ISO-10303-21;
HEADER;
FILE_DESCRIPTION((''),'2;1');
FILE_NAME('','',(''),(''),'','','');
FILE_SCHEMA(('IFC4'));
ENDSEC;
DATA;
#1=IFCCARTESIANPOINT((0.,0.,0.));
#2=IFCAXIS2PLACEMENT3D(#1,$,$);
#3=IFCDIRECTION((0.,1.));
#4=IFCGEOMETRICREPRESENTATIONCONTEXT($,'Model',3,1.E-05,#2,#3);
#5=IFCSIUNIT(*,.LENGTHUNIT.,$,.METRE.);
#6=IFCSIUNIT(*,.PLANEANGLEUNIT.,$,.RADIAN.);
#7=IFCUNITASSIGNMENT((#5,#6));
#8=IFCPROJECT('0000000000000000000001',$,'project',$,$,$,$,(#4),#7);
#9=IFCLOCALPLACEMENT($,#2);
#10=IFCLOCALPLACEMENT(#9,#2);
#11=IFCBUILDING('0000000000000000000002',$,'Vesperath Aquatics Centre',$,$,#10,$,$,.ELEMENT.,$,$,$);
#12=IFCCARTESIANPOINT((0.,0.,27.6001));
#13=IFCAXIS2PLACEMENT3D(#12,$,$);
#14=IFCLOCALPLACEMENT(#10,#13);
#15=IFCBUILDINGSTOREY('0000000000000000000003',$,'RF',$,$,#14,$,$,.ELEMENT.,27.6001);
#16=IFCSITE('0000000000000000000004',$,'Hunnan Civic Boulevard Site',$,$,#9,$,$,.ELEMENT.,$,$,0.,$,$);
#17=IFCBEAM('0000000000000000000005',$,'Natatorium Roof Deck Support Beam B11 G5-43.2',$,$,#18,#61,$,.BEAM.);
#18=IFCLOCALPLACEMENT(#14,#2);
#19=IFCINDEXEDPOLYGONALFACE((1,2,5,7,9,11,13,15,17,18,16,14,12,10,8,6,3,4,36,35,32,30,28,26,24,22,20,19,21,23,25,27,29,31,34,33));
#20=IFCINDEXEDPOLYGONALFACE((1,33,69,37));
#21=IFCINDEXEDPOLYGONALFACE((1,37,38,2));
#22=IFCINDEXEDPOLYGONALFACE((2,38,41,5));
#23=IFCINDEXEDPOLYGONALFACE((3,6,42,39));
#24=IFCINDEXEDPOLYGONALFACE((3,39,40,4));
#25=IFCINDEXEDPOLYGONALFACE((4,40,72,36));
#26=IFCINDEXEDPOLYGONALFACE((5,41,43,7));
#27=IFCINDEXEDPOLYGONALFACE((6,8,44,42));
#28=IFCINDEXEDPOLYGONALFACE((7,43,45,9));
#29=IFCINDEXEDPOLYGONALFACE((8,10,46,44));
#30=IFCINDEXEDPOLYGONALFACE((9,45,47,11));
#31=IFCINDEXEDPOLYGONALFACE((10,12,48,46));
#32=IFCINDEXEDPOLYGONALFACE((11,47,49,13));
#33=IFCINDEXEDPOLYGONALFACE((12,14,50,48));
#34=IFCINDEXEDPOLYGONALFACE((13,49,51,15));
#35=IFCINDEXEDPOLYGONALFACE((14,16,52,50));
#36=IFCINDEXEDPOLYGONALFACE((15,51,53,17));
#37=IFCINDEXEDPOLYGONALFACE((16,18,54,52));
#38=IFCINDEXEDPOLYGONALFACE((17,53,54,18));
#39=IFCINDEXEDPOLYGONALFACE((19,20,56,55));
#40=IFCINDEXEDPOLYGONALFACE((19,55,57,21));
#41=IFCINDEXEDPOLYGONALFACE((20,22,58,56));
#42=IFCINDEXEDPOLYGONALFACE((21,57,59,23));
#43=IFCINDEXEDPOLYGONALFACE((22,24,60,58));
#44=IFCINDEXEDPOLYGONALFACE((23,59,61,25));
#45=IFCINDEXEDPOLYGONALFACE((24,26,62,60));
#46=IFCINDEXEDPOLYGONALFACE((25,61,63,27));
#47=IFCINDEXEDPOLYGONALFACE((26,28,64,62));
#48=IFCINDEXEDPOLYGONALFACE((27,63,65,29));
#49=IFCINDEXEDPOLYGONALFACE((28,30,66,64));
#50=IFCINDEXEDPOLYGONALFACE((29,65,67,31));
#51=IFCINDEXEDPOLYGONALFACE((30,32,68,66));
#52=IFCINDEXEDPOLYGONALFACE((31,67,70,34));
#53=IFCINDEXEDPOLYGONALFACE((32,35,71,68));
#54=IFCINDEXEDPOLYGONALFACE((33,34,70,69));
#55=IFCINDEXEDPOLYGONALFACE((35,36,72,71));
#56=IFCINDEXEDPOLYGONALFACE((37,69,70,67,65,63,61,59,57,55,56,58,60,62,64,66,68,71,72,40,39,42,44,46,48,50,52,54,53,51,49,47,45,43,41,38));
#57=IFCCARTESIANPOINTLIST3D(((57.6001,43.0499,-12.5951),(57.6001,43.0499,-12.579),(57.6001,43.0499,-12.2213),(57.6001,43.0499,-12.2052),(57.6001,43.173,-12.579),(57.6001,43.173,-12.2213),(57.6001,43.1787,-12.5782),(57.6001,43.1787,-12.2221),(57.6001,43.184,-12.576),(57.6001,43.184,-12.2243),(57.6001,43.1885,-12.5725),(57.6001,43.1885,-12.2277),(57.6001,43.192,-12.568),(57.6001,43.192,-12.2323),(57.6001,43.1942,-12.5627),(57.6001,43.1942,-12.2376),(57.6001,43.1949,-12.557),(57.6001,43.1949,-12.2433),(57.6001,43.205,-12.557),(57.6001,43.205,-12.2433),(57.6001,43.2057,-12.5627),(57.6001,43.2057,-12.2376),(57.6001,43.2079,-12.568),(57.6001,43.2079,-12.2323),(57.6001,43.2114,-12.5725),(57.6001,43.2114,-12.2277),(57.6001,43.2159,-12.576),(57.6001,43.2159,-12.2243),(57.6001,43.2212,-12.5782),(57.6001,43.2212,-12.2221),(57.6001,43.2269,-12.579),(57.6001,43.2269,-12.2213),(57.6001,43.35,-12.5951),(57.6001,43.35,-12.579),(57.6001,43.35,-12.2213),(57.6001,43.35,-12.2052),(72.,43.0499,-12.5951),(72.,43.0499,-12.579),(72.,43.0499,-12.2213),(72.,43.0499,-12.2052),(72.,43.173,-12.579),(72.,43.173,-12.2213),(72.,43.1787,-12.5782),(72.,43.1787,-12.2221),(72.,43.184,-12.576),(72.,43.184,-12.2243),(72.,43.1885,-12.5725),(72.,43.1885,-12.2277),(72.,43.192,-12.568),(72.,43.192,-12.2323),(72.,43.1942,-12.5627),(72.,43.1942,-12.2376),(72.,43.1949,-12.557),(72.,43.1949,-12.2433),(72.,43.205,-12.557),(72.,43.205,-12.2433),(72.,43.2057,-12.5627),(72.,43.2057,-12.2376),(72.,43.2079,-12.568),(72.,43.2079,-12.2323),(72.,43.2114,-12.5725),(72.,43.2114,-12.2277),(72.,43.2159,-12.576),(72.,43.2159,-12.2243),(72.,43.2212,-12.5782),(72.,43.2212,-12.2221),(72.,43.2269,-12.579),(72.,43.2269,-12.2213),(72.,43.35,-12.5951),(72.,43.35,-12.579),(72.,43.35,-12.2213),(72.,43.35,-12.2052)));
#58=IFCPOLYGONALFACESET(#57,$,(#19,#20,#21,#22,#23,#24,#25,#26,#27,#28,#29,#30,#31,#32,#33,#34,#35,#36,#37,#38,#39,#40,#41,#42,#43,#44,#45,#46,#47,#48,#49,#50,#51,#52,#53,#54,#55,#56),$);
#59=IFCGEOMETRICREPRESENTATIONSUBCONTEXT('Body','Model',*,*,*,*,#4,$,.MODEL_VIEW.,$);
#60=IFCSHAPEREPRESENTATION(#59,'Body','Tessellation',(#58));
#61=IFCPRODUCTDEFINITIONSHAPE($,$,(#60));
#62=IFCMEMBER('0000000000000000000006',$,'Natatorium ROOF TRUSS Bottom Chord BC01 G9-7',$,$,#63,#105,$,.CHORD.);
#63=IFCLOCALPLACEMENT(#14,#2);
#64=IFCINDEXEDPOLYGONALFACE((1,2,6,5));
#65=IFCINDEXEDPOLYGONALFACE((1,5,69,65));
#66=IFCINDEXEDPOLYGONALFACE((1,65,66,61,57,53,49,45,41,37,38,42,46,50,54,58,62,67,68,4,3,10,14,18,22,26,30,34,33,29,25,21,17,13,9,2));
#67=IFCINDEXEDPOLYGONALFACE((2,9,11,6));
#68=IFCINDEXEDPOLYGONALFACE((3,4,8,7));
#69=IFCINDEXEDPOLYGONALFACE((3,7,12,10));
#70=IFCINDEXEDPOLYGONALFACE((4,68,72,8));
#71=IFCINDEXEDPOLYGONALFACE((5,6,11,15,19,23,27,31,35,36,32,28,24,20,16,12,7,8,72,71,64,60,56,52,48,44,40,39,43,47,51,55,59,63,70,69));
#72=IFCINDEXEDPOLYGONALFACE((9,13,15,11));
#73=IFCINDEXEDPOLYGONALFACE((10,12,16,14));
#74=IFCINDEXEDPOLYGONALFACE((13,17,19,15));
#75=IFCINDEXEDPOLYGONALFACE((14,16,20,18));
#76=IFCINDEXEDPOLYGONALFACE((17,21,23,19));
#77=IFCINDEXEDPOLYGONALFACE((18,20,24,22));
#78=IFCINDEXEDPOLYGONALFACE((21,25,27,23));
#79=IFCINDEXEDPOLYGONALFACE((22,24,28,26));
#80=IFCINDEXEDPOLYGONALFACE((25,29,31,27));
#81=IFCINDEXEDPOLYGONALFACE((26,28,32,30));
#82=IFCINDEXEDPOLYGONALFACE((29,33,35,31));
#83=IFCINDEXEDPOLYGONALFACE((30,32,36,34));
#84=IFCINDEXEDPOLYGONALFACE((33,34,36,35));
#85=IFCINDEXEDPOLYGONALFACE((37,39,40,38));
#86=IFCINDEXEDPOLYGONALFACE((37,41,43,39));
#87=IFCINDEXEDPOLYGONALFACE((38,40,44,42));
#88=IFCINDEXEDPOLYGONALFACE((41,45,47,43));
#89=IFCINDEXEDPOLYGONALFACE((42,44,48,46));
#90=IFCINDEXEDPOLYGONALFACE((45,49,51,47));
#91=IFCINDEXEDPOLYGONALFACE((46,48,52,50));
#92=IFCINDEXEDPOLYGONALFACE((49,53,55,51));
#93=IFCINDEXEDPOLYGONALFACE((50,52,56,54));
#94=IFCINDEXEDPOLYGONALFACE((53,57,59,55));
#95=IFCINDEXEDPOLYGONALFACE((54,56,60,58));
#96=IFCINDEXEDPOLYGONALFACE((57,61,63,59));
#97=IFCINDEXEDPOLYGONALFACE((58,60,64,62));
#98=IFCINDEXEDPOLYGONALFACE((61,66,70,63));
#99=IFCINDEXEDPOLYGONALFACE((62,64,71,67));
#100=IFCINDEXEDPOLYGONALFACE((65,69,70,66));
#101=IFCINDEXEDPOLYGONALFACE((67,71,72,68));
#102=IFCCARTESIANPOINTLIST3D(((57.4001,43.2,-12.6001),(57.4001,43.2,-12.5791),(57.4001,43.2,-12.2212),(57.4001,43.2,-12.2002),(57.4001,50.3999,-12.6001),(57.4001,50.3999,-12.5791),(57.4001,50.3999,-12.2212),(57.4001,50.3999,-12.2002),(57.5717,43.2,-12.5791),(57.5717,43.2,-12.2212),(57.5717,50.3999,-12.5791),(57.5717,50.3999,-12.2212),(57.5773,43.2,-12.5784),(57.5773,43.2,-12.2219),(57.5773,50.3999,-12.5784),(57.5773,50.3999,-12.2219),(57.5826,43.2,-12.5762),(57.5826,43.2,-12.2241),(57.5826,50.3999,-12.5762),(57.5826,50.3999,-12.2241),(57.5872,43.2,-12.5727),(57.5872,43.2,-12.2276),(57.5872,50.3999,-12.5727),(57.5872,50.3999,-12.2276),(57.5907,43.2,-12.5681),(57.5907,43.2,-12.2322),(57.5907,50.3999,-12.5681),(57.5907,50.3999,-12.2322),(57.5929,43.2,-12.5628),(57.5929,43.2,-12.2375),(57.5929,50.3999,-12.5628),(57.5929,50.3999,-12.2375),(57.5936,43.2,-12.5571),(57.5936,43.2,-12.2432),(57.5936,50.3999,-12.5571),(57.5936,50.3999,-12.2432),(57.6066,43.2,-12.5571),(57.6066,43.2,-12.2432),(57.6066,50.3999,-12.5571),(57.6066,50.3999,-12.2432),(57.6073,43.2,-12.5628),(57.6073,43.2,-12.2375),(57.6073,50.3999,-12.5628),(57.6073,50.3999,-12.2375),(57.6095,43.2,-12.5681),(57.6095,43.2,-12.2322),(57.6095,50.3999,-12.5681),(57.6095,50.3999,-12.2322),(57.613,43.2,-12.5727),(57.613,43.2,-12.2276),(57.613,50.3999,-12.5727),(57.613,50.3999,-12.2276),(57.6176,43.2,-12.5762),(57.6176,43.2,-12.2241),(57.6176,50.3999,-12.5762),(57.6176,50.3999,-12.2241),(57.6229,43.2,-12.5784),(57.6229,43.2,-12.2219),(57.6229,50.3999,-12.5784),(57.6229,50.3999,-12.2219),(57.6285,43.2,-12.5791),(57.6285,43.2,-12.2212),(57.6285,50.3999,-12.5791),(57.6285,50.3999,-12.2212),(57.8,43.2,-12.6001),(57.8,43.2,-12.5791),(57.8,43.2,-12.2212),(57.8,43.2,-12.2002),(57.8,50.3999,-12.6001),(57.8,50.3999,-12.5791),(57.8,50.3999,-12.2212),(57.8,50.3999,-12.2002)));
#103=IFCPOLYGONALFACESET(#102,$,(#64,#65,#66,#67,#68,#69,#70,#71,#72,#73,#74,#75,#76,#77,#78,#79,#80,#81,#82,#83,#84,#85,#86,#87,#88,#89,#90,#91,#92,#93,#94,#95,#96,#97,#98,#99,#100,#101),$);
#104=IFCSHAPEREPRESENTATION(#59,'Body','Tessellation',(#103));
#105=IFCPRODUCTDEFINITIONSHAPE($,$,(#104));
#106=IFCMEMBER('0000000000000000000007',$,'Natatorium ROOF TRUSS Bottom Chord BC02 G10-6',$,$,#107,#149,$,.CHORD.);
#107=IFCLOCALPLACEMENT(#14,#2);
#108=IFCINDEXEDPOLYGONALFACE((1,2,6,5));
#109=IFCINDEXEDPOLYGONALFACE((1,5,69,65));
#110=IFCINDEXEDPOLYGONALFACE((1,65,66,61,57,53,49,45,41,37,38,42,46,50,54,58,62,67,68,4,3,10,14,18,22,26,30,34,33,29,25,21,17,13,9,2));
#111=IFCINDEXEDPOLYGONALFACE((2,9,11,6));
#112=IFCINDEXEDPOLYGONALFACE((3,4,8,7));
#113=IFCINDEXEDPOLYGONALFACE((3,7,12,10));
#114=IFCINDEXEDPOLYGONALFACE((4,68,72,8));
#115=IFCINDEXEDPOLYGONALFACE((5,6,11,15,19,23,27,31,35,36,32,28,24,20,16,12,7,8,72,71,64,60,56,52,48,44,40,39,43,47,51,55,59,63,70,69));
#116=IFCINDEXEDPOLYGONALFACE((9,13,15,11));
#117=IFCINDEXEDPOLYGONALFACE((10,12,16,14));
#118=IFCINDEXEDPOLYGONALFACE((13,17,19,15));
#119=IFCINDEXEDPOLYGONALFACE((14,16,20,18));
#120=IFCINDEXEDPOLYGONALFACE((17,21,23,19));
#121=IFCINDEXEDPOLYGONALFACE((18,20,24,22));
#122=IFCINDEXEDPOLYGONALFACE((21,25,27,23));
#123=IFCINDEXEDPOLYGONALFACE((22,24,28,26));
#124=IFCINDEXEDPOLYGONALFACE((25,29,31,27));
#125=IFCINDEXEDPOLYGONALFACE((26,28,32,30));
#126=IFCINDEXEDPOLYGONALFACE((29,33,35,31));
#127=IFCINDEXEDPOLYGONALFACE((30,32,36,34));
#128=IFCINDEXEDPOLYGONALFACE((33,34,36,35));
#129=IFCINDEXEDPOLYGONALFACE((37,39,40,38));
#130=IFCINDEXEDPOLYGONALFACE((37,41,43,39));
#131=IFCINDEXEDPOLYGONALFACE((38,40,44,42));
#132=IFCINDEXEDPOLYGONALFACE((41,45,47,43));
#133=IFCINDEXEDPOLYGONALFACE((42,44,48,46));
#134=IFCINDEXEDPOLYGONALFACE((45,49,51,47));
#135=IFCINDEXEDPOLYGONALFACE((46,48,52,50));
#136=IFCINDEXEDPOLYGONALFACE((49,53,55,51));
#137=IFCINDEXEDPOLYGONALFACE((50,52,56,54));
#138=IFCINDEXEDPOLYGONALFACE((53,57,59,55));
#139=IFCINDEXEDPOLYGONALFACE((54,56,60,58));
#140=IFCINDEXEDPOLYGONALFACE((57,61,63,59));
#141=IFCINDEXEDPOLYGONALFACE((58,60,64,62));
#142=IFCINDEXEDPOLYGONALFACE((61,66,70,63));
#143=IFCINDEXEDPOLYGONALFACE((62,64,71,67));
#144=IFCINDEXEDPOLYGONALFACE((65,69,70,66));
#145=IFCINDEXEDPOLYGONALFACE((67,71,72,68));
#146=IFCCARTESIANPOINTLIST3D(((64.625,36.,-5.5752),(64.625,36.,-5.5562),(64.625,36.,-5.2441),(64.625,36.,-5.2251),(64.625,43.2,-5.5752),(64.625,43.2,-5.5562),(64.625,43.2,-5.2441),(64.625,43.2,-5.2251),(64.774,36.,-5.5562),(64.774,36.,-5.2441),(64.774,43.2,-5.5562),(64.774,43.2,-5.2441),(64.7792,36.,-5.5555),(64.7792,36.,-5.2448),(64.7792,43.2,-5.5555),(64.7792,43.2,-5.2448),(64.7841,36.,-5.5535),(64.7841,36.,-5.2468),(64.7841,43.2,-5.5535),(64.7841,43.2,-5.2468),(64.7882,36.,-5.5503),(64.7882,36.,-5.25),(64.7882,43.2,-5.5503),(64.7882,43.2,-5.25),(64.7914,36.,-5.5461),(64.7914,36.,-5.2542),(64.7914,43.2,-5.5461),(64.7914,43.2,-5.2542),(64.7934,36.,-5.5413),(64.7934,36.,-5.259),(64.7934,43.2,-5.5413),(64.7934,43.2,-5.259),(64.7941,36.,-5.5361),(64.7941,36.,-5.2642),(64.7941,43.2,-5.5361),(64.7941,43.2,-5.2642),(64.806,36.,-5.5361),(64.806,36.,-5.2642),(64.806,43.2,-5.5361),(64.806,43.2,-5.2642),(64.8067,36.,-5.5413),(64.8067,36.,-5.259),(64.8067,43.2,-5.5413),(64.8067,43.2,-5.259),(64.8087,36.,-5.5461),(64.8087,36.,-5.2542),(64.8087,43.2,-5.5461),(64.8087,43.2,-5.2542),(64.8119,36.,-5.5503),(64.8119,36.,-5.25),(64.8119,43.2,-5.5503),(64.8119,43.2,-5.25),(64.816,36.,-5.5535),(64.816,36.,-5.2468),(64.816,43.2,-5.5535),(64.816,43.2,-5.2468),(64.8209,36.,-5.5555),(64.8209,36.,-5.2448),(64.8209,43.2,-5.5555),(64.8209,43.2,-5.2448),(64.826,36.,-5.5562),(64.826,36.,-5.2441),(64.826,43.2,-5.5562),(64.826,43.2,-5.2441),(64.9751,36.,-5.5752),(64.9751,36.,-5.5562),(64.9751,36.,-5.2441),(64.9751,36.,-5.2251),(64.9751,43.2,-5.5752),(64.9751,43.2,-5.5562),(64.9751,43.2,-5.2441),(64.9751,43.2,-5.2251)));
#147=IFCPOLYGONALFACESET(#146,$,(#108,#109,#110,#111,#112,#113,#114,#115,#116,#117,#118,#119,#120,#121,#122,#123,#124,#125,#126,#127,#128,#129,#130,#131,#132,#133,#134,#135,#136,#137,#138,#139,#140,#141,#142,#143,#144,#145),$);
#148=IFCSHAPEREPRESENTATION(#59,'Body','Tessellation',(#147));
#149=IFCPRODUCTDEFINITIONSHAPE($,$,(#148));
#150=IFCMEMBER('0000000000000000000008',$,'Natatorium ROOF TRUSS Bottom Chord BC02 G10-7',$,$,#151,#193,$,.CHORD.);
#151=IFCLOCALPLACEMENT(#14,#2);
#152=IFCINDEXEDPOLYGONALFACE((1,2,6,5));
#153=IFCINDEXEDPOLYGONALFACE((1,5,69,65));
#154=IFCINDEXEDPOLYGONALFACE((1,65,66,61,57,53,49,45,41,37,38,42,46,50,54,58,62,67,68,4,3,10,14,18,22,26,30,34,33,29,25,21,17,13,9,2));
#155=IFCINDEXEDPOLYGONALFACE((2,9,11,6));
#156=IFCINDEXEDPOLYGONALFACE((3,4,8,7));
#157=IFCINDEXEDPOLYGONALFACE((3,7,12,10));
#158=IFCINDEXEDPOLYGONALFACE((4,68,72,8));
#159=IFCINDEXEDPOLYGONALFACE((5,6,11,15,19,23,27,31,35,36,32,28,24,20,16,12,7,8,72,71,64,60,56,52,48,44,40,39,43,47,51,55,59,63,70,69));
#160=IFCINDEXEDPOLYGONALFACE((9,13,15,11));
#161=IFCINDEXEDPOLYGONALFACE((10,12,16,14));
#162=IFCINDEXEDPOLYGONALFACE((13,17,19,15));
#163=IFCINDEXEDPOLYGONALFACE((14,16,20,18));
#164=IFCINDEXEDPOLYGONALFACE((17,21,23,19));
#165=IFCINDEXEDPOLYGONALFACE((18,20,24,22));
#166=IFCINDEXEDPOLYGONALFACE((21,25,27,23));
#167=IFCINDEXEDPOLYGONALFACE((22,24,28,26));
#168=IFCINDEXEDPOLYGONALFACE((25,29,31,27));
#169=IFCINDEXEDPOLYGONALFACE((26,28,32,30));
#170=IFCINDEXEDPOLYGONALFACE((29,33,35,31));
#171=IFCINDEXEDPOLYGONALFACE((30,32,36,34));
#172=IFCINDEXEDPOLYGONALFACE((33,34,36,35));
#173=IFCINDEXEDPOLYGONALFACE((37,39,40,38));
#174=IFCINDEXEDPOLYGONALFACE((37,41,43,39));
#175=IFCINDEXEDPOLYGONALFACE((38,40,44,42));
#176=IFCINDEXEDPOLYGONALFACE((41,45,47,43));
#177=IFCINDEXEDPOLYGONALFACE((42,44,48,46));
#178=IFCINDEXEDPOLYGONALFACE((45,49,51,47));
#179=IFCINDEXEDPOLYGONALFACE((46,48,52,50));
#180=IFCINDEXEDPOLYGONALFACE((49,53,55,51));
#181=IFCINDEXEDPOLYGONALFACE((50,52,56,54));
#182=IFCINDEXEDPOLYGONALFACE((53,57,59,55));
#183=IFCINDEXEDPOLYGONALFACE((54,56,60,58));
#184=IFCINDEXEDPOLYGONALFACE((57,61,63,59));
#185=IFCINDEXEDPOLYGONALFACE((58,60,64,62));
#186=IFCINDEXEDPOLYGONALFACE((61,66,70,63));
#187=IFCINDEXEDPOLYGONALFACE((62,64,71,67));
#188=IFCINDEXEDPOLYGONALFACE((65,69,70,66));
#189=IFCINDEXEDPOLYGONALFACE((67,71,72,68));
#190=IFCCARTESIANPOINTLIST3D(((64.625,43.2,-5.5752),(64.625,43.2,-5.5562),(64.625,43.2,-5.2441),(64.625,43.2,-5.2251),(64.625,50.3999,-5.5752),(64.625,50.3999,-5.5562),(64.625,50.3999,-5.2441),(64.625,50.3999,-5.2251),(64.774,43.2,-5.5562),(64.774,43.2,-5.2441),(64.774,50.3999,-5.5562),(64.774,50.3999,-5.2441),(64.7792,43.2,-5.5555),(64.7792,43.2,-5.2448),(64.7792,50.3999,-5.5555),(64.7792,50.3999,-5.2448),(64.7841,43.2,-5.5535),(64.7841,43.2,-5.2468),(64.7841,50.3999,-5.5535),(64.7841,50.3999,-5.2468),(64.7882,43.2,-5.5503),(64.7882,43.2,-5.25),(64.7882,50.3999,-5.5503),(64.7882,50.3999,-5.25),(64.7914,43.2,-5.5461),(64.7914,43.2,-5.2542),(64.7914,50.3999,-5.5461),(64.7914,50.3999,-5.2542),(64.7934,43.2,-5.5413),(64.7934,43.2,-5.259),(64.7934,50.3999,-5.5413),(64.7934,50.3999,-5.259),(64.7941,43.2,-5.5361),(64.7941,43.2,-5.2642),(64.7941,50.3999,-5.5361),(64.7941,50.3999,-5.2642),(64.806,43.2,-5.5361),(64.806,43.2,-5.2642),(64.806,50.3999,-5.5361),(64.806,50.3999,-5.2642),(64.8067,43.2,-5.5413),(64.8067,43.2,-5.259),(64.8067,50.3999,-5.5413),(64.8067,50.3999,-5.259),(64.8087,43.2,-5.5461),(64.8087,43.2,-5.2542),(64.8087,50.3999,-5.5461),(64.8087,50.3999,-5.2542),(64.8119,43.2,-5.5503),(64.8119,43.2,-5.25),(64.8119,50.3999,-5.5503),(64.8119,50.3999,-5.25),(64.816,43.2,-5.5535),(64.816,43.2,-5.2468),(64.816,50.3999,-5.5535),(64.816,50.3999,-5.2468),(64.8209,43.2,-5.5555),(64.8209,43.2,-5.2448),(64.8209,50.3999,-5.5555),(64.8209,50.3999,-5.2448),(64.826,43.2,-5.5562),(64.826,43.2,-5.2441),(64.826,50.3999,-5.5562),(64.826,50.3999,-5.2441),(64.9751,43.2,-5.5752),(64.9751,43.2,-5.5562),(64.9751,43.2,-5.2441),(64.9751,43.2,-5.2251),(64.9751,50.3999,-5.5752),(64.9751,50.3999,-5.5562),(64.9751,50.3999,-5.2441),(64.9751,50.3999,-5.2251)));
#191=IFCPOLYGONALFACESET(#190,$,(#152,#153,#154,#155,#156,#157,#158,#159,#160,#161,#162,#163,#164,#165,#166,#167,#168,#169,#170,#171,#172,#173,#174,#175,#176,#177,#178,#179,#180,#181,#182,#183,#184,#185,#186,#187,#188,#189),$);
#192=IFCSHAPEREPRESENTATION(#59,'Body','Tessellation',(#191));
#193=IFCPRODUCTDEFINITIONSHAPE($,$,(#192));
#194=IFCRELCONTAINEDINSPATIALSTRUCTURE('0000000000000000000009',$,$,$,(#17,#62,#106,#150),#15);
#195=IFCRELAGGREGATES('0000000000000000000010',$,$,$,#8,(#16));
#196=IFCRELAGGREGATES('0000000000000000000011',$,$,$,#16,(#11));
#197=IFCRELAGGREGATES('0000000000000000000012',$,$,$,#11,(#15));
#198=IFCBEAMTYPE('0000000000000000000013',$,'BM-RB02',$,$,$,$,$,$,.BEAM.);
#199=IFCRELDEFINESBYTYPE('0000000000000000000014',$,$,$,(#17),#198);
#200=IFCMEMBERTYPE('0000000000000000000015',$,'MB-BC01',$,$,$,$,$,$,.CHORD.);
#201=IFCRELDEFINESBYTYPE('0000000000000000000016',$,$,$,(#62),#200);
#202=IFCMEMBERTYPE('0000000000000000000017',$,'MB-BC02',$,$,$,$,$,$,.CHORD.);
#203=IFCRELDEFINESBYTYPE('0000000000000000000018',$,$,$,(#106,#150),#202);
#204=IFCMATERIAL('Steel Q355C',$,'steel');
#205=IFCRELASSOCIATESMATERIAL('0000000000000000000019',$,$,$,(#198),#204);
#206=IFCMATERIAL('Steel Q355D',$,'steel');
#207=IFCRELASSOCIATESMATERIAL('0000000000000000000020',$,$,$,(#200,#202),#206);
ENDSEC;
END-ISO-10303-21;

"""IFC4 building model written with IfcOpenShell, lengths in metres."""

from ifc_helpers import new_model, si_unit, direction, frame, origin, origin_2d, place, context, subcontext, project, spatial, i_section, extrude, material, material_profile, profile_set, type_object, element, save


model = new_model("IFC4")

# Units and contexts
model_context = context("Model", 3, precision=1e-05, world=origin(), true_north=direction((0.0, 1.0)))
body_context = subcontext(model_context, "Body", "Model", "MODEL_VIEW")
ifc_project = project(units=[si_unit("LENGTHUNIT", "METRE"), si_unit("PLANEANGLEUNIT", "RADIAN")], contexts=[model_context])

# Site, building, storey
site_placement = place(None, origin())
site = spatial("IfcSite", under=ifc_project, at=site_placement, Name="Hunnan Civic Boulevard Site", CompositionType="ELEMENT", RefElevation=0.0)
building_placement = place(site_placement, origin())
building = spatial("IfcBuilding", under=site, at=building_placement, Name="Vesperath Aquatics Centre", CompositionType="ELEMENT")
storey_placement = place(building_placement, frame((0.0, 0.0, 27.6001)))
storey = spatial("IfcBuildingStorey", under=building, at=storey_placement, Name="RF", CompositionType="ELEMENT", Elevation=27.6001)

# Beam
ifc_material_1 = material(Name="Steel Q355C", Category="steel")
ifc_material_profile_1 = material_profile(ifc_material_1, i_section(OverallWidth=0.3, OverallDepth=0.3899, WebThickness=0.01, FlangeThickness=0.0161, FilletRadius=0.022, at=origin_2d()), Name="HM 390x300x10x16")
ifc_profile_set_1 = profile_set([ifc_material_profile_1], Name="Steel Q355C")
beam_type = type_object("IfcBeamType", Name="BM-RB02", PredefinedType="BEAM", material=ifc_profile_set_1)
beam_placement = place(storey_placement, frame((57.6001, 43.2, -12.4001), z_axis=(1.0, 0.0, 0.0), x_axis=(0.0, 1.0, 0.0)))
element("IfcBeam", 1, at=beam_placement, inside=storey, type_object=beam_type, Name="Natatorium Roof Deck Support Beam B11 G5-43.2", PredefinedType="BEAM", context=body_context, shape_type="SweptSolid", body=[
    extrude(i_section(OverallWidth=0.3, OverallDepth=0.3899, WebThickness=0.01, FlangeThickness=0.0161, FilletRadius=0.022, at=origin_2d()), origin(), (0.0, 0.0, 1.0), 14.3999),
])

# Members
ifc_material_2 = material(Name="Steel Q355D", Category="steel")
ifc_material_profile_2 = material_profile(ifc_material_2, i_section(OverallWidth=0.3999, OverallDepth=0.3999, WebThickness=0.0129, FlangeThickness=0.021, FilletRadius=0.022, at=origin_2d()), Name="HW 400x400x13x21")
ifc_profile_set_2 = profile_set([ifc_material_profile_2], Name="Steel Q355D")
member_type_1 = type_object("IfcMemberType", Name="MB-BC01", PredefinedType="CHORD", material=ifc_profile_set_2)
member_1_placement = place(storey_placement, frame((57.6001, 43.2, -12.4001), z_axis=(0.0, 1.0, 0.0), x_axis=(-1.0, 0.0, 0.0)))
element("IfcMember", 2, at=member_1_placement, inside=storey, type_object=member_type_1, Name="Natatorium ROOF TRUSS Bottom Chord BC01 G9-7", PredefinedType="CHORD", context=body_context, shape_type="SweptSolid", body=[
    extrude(i_section(OverallWidth=0.3999, OverallDepth=0.3999, WebThickness=0.0129, FlangeThickness=0.021, FilletRadius=0.022, at=origin_2d()), origin(), (0.0, 0.0, 1.0), 7.2),
])
ifc_material_profile_3 = material_profile(ifc_material_2, i_section(OverallWidth=0.3501, OverallDepth=0.3501, WebThickness=0.012, FlangeThickness=0.019, FilletRadius=0.02, at=origin_2d()), Name="HW 350x350x12x19")
ifc_profile_set_3 = profile_set([ifc_material_profile_3], Name="Steel Q355D")
member_type_2 = type_object("IfcMemberType", Name="MB-BC02", PredefinedType="CHORD", material=ifc_profile_set_3)
for number, where, z_axis, x_axis, name in (
    (3, (64.8, 36.0, -5.4001), (0.0, 1.0, 0.0), (-1.0, 0.0, 0.0), "Natatorium ROOF TRUSS Bottom Chord BC02 G10-6"),
    (4, (64.8, 43.2, -5.4001), (0.0, 1.0, 0.0), (-1.0, 0.0, 0.0), "Natatorium ROOF TRUSS Bottom Chord BC02 G10-7"),
):
    element("IfcMember", number, at=place(storey_placement, frame(where, z_axis=z_axis, x_axis=x_axis)), inside=storey, type_object=member_type_2, Name=name, PredefinedType="CHORD", context=body_context, shape_type="SweptSolid", body=[
        extrude(i_section(OverallWidth=0.3501, OverallDepth=0.3501, WebThickness=0.012, FlangeThickness=0.019, FilletRadius=0.02, at=origin_2d()), origin(), (0.0, 0.0, 1.0), 7.2),
    ])

save(model, "model.ifc")
